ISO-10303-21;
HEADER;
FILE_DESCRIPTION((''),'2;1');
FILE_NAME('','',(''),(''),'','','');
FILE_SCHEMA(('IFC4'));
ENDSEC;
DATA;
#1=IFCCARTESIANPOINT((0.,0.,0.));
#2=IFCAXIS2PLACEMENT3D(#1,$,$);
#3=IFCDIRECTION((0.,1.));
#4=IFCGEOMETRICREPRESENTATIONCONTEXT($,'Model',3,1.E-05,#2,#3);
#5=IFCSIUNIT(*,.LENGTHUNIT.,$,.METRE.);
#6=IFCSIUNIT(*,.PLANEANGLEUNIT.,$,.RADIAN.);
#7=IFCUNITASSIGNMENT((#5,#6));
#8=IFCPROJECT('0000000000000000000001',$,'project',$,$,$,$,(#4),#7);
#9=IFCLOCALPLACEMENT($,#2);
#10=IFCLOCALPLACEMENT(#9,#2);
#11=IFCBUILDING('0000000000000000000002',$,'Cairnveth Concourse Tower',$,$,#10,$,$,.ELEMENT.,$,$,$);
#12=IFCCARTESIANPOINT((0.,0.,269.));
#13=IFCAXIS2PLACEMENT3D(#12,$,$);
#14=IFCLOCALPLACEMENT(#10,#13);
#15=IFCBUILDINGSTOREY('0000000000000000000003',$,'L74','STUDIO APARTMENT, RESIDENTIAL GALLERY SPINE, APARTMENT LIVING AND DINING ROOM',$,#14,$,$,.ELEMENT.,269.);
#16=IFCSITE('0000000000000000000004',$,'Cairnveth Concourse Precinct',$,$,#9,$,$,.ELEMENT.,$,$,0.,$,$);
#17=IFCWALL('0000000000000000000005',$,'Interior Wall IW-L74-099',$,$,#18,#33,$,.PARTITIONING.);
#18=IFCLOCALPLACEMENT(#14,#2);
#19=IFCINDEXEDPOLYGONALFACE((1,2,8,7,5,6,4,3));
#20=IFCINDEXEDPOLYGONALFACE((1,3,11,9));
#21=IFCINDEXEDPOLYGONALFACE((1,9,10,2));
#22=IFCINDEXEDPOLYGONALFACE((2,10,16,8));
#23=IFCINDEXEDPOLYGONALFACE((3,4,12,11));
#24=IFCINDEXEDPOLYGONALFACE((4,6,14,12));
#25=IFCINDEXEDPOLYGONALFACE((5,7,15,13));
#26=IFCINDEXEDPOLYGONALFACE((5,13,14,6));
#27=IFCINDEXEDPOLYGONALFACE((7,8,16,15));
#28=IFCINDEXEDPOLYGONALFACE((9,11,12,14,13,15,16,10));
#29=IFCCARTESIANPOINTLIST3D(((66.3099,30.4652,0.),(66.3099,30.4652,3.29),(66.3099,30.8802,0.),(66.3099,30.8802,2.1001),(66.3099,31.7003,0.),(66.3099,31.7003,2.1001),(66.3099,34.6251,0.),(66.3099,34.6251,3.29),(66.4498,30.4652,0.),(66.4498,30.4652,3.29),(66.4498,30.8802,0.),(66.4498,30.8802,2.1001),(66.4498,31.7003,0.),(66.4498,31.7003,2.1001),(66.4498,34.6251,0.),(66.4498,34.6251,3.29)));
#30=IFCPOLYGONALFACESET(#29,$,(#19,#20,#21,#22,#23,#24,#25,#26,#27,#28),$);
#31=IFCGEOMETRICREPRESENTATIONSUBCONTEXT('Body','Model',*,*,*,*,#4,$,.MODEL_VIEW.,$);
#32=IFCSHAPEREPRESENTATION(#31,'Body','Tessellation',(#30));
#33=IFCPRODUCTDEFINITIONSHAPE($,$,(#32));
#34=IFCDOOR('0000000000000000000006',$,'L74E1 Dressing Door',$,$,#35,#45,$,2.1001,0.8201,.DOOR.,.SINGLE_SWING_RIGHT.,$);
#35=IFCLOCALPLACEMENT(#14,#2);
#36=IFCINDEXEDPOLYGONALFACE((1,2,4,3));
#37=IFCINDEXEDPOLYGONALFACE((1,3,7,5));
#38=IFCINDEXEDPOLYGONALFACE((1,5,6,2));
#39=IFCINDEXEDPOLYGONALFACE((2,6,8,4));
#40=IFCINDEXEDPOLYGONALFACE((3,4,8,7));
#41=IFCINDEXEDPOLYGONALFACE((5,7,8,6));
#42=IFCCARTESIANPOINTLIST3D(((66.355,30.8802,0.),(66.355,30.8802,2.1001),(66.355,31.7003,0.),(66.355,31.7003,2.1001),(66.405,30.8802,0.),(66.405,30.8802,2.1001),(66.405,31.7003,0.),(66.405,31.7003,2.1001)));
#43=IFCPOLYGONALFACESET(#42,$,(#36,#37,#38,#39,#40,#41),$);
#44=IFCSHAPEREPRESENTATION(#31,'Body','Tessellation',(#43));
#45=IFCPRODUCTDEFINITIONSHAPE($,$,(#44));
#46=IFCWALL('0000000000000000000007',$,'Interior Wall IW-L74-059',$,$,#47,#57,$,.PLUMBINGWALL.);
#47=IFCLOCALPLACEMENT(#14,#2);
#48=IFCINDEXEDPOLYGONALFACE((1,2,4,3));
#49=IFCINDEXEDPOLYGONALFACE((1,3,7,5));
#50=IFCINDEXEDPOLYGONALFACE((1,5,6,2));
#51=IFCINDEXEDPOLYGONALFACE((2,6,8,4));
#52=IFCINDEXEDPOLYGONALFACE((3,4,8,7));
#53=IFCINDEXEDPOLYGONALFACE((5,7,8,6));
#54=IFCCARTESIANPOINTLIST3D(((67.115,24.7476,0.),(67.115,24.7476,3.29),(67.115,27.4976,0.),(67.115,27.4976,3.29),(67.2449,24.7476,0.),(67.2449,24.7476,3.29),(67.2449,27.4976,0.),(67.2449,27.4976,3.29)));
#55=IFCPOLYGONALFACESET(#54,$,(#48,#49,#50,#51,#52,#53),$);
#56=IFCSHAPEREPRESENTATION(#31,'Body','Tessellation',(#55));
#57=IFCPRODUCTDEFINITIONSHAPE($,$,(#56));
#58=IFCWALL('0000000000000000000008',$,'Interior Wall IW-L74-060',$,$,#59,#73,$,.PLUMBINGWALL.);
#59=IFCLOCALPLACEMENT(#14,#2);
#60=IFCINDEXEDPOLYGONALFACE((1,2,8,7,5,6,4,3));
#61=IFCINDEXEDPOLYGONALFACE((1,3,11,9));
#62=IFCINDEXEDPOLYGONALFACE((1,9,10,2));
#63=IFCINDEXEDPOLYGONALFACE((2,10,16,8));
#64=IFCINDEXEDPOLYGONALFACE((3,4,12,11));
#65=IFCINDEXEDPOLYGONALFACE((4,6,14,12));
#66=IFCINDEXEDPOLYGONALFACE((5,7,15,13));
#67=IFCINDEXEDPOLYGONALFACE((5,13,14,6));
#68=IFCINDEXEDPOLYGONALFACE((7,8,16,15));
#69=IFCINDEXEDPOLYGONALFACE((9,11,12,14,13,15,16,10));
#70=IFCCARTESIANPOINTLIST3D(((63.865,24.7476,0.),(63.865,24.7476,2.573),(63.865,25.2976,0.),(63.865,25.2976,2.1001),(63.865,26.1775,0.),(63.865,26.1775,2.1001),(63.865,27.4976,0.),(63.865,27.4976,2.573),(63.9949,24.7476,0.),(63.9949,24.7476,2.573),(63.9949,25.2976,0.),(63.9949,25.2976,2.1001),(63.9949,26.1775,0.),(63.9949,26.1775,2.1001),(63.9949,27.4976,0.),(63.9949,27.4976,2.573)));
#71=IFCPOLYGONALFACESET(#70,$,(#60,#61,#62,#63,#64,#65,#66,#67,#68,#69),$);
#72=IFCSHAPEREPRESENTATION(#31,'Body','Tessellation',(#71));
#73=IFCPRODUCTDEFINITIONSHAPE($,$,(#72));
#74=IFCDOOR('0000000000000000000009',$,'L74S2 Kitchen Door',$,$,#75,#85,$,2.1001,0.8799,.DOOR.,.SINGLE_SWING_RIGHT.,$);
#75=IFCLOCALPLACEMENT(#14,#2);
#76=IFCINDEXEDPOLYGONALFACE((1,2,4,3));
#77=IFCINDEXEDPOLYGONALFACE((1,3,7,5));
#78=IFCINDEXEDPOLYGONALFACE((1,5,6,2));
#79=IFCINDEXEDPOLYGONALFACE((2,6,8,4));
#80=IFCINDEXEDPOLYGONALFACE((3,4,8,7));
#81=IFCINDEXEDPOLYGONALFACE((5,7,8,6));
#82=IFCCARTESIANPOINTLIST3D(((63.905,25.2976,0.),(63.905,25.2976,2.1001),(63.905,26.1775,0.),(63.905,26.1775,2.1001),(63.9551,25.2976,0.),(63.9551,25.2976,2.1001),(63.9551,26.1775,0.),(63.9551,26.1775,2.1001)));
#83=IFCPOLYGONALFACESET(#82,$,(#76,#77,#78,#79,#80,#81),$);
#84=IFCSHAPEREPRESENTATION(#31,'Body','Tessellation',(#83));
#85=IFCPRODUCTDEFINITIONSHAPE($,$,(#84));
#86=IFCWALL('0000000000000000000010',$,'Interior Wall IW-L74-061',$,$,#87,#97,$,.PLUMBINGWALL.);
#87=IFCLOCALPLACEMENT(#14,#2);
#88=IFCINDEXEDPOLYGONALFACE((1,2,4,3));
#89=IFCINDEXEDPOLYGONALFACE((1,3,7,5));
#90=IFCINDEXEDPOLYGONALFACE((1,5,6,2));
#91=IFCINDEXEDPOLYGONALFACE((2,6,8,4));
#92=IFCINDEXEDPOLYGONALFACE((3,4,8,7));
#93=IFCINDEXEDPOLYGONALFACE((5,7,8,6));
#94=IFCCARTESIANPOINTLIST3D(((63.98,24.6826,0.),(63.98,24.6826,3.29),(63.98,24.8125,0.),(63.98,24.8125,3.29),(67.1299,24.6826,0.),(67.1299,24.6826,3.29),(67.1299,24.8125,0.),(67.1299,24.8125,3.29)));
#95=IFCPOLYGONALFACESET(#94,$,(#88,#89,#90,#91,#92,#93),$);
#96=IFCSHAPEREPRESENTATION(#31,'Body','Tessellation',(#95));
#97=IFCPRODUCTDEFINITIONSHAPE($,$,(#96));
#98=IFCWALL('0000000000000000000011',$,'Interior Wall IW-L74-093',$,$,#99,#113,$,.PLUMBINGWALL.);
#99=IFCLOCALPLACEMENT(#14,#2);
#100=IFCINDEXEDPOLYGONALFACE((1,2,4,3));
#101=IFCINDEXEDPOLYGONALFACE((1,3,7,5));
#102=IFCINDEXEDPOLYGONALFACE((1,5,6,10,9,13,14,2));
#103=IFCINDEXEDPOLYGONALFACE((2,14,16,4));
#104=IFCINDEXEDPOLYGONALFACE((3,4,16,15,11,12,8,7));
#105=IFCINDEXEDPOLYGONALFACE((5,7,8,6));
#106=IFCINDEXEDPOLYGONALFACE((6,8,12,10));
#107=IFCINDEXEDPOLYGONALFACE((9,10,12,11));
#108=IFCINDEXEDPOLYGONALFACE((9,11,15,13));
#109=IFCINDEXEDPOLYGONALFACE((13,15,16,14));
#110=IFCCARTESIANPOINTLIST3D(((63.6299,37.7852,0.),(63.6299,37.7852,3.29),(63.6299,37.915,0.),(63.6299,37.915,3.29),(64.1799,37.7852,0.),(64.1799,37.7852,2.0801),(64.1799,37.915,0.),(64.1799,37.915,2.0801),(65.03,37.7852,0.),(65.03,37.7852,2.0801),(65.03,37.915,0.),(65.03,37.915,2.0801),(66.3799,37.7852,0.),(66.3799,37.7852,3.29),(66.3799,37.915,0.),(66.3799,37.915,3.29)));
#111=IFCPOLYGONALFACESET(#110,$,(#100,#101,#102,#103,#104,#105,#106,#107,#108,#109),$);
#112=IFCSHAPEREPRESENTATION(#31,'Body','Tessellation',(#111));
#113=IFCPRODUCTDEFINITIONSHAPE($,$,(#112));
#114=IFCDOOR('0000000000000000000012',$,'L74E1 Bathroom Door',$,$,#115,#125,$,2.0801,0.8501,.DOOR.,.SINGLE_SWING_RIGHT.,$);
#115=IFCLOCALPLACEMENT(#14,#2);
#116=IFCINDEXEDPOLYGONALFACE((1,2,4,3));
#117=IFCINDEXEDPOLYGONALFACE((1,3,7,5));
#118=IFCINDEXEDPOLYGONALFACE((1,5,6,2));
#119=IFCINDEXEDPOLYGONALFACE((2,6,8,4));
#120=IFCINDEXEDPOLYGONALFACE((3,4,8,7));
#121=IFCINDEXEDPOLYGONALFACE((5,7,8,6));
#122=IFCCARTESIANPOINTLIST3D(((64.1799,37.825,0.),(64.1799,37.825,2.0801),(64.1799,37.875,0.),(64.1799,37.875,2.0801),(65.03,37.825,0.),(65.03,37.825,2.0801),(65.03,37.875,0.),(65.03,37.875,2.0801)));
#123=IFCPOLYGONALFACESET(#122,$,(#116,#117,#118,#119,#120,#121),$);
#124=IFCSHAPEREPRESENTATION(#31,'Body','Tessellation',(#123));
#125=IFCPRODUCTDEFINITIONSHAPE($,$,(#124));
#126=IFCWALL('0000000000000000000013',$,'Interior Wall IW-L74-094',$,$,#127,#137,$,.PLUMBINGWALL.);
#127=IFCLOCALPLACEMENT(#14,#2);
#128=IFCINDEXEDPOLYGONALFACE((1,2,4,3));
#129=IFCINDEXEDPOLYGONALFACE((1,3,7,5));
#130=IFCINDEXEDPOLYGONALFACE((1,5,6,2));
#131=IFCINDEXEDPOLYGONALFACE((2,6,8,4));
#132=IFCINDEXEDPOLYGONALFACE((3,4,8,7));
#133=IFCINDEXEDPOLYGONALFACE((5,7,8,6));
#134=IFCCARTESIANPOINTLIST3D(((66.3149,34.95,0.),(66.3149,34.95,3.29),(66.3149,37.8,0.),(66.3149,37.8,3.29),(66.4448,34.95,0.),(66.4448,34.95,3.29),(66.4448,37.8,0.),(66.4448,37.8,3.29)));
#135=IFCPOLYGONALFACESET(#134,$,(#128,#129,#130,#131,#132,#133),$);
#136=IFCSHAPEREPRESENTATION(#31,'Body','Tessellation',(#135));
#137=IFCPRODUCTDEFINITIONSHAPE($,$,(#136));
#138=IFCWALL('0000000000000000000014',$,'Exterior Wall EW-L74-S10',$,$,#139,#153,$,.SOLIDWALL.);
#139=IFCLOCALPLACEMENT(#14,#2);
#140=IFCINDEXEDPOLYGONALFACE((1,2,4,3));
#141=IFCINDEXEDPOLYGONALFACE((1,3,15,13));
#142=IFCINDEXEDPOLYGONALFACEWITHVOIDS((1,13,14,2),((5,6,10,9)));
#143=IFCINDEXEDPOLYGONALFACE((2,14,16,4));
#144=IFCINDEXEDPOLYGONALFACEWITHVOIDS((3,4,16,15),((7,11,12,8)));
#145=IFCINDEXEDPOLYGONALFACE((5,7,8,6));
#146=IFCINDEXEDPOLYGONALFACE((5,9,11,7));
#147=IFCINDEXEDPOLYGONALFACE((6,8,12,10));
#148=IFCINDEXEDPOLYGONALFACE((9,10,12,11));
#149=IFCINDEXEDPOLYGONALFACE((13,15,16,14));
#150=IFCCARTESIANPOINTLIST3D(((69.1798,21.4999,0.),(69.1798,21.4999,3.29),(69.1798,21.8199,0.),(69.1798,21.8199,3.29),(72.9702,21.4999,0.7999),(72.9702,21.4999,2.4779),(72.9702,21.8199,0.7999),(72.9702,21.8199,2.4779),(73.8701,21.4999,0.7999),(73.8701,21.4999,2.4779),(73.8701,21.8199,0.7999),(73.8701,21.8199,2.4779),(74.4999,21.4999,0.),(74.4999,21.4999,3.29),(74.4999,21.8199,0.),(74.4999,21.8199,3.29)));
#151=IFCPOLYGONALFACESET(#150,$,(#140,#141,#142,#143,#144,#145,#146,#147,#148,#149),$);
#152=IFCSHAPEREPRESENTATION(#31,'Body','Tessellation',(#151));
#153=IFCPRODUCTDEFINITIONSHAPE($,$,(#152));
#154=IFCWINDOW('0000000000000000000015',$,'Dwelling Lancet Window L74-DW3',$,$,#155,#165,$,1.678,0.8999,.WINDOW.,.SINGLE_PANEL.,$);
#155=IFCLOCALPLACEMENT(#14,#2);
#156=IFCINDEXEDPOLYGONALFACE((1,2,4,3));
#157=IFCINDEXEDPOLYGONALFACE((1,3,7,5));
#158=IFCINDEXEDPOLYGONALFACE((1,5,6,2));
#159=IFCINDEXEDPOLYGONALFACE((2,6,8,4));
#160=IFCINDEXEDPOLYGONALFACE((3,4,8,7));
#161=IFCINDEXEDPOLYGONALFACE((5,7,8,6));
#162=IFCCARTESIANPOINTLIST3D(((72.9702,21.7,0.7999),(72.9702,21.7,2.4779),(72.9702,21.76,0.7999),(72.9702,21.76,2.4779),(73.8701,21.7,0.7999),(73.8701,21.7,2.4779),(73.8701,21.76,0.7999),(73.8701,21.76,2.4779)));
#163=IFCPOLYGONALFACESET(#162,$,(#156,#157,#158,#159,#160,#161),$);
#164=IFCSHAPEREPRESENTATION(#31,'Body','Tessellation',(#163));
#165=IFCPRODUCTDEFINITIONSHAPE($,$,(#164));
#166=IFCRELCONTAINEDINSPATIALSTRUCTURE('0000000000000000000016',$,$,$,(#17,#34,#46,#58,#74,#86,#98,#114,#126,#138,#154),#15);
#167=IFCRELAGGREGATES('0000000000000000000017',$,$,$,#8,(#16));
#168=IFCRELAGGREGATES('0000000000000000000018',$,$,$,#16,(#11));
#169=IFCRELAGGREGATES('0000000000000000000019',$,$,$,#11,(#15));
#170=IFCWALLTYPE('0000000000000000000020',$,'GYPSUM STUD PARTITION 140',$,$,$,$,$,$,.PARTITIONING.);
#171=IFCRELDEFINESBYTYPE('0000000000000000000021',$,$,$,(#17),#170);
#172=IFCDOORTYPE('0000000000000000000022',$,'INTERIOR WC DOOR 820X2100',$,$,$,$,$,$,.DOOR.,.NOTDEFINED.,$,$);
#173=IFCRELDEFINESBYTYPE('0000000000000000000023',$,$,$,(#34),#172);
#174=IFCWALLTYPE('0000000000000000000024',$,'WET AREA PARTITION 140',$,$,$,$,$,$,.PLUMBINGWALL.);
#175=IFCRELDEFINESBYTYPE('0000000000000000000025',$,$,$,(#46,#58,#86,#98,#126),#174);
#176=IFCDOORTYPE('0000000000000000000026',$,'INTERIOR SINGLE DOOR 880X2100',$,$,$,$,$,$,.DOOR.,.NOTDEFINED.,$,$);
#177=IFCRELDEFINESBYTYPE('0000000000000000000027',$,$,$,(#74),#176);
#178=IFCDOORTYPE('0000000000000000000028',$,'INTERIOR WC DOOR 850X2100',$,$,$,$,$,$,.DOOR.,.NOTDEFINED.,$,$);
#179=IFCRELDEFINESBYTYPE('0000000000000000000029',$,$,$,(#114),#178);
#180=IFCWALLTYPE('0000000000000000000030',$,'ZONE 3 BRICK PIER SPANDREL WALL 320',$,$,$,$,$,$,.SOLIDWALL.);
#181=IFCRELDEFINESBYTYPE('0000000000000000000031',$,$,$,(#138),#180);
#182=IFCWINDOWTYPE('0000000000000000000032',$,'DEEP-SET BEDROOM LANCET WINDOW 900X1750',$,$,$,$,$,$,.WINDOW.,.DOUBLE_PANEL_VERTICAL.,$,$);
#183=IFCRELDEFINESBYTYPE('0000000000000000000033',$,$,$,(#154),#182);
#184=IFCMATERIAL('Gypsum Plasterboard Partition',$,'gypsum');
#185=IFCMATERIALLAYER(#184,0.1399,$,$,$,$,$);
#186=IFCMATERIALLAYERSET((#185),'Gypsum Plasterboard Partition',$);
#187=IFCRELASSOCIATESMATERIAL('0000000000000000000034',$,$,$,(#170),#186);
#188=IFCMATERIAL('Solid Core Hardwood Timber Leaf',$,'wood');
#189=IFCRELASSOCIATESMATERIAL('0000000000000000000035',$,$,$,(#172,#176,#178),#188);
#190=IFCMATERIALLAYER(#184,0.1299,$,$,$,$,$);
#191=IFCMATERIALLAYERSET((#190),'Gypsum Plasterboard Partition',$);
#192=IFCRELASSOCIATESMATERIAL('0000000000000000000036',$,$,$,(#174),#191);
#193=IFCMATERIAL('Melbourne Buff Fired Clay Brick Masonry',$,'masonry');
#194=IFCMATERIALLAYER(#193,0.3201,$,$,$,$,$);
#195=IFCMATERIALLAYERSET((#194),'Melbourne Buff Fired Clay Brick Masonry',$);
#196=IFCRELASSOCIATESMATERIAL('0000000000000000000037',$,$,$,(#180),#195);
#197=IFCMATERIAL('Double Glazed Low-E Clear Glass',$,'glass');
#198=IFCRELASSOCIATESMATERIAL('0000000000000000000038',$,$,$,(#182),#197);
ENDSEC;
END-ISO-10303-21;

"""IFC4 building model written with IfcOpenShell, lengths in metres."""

from ifc_helpers import new_model, si_unit, direction, frame, frame_2d, origin, place, context, subcontext, project, spatial, rectangle, extrude, material, layer, layer_set, type_object, element, fill, save


model = new_model("IFC4")

# Units and contexts
model_context = context("Model", 3, precision=1e-05, world=origin(), true_north=direction((0.0, 1.0)))
body_context = subcontext(model_context, "Body", "Model", "MODEL_VIEW")
ifc_project = project(units=[si_unit("LENGTHUNIT", "METRE"), si_unit("PLANEANGLEUNIT", "RADIAN")], contexts=[model_context])

# Site, building, storey
site_placement = place(None, origin())
site = spatial("IfcSite", under=ifc_project, at=site_placement, Name="Cairnveth Concourse Precinct", CompositionType="ELEMENT", RefElevation=0.0)
building_placement = place(site_placement, origin())
building = spatial("IfcBuilding", under=site, at=building_placement, Name="Cairnveth Concourse Tower", CompositionType="ELEMENT")
storey_placement = place(building_placement, frame((0.0, 0.0, 269.0)))
storey = spatial("IfcBuildingStorey", under=building, at=storey_placement, Name="L74", Description="STUDIO APARTMENT, RESIDENTIAL GALLERY SPINE, APARTMENT LIVING AND DINING ROOM", CompositionType="ELEMENT", Elevation=269.0)

# Wall, opening, door
ifc_material_1 = material(Name="Gypsum Plasterboard Partition", Category="gypsum")
ifc_layer_1 = layer(ifc_material_1, 0.1399)
ifc_layer_set_1 = layer_set([ifc_layer_1], Name="Gypsum Plasterboard Partition")
wall_type_1 = type_object("IfcWallType", Name="GYPSUM STUD PARTITION 140", PredefinedType="PARTITIONING", material=ifc_layer_set_1)
ifc_material_2 = material(Name="Solid Core Hardwood Timber Leaf", Category="wood")
door_type_1 = type_object("IfcDoorType", Name="INTERIOR WC DOOR 820X2100", OperationType="NOTDEFINED", PredefinedType="DOOR", material=ifc_material_2)
door_type_2 = type_object("IfcDoorType", Name="INTERIOR SINGLE DOOR 880X2100", OperationType="NOTDEFINED", PredefinedType="DOOR", material=ifc_material_2)
wall_1_placement = place(storey_placement, frame((66.3799, 30.4651, 0.0), z_axis=(0.0, 0.0, 1.0), x_axis=(0.0, 1.0, 0.0)))
wall_1 = element("IfcWall", 1, at=wall_1_placement, inside=storey, type_object=wall_type_1, Name="Interior Wall IW-L74-099", PredefinedType="PARTITIONING", context=body_context, shape_type="SweptSolid", body=[
    extrude(rectangle(XDim=4.1599, YDim=0.1399, at=frame_2d((2.0801, 0.0))), origin(), (0.0, 0.0, 1.0), 3.29),
])
opening_1_placement = place(wall_1_placement, frame((0.415, 0.0, 0.0)))
opening_1 = element("IfcOpeningElement", 2, at=opening_1_placement, cuts=wall_1, PredefinedType="OPENING", context=body_context, shape_type="SweptSolid", body=[
    extrude(rectangle(XDim=0.8201, YDim=2.1001, at=frame_2d((0.4102, 1.05))), frame((0.0, 0.0798, 0.0), z_axis=(0.0, -1.0, 0.0), x_axis=(1.0, 0.0, 0.0)), (0.0, 0.0, 1.0), 0.1599),
])
door_1_placement = place(opening_1_placement, origin())
door_1 = element("IfcDoor", 3, at=door_1_placement, inside=storey, type_object=door_type_1, Name="L74E1 Dressing Door", OperationType="SINGLE_SWING_RIGHT", OverallHeight=2.1001, OverallWidth=0.8201, PredefinedType="DOOR", context=body_context, shape_type="SweptSolid", body=[
    extrude(rectangle(XDim=0.8201, YDim=2.1001, at=frame_2d((0.4102, 1.05))), frame((0.0, 0.0249, 0.0), z_axis=(0.0, -1.0, 0.0), x_axis=(1.0, 0.0, 0.0)), (0.0, 0.0, 1.0), 0.05),
])
fill(opening_1, door_1)

# Wall
ifc_layer_2 = layer(ifc_material_1, 0.1299)
ifc_layer_set_2 = layer_set([ifc_layer_2], Name="Gypsum Plasterboard Partition")
wall_type_2 = type_object("IfcWallType", Name="WET AREA PARTITION 140", PredefinedType="PLUMBINGWALL", material=ifc_layer_set_2)
wall_2_placement = place(storey_placement, frame((67.1799, 24.7476, 0.0), z_axis=(0.0, 0.0, 1.0), x_axis=(0.0, 1.0, 0.0)))
element("IfcWall", 4, at=wall_2_placement, inside=storey, type_object=wall_type_2, Name="Interior Wall IW-L74-059", PredefinedType="PLUMBINGWALL", context=body_context, shape_type="SweptSolid", body=[
    extrude(rectangle(XDim=2.75, YDim=0.1299, at=frame_2d((1.375, 0.0))), origin(), (0.0, 0.0, 1.0), 3.29),
])

# Wall, opening, door
wall_3_placement = place(storey_placement, frame((63.9299, 24.7476, 0.0), z_axis=(0.0, 0.0, 1.0), x_axis=(0.0, 1.0, 0.0)))
wall_3 = element("IfcWall", 5, at=wall_3_placement, inside=storey, type_object=wall_type_2, Name="Interior Wall IW-L74-060", PredefinedType="PLUMBINGWALL", context=body_context, shape_type="SweptSolid", body=[
    extrude(rectangle(XDim=2.75, YDim=0.1299, at=frame_2d((1.375, 0.0))), origin(), (0.0, 0.0, 1.0), 2.573),
])
opening_2_placement = place(wall_3_placement, frame((0.55, 0.0, 0.0)))
opening_2 = element("IfcOpeningElement", 6, at=opening_2_placement, cuts=wall_3, PredefinedType="OPENING", context=body_context, shape_type="SweptSolid", body=[
    extrude(rectangle(XDim=0.8799, YDim=2.1001, at=frame_2d((0.4399, 1.05))), frame((0.0, 0.075, 0.0), z_axis=(0.0, -1.0, 0.0), x_axis=(1.0, 0.0, 0.0)), (0.0, 0.0, 1.0), 0.1499),
])
door_2_placement = place(opening_2_placement, origin())
door_2 = element("IfcDoor", 7, at=door_2_placement, inside=storey, type_object=door_type_2, Name="L74S2 Kitchen Door", OperationType="SINGLE_SWING_RIGHT", OverallHeight=2.1001, OverallWidth=0.8799, PredefinedType="DOOR", context=body_context, shape_type="SweptSolid", body=[
    extrude(rectangle(XDim=0.8799, YDim=2.1001, at=frame_2d((0.4399, 1.05))), frame((0.0, 0.0249, 0.0), z_axis=(0.0, -1.0, 0.0), x_axis=(1.0, 0.0, 0.0)), (0.0, 0.0, 1.0), 0.05),
])
fill(opening_2, door_2)

# Wall
wall_4_placement = place(storey_placement, frame((63.98, 24.7476, 0.0), z_axis=(0.0, 0.0, 1.0), x_axis=(1.0, 0.0, 0.0)))
element("IfcWall", 8, at=wall_4_placement, inside=storey, type_object=wall_type_2, Name="Interior Wall IW-L74-061", PredefinedType="PLUMBINGWALL", context=body_context, shape_type="SweptSolid", body=[
    extrude(rectangle(XDim=3.1499, YDim=0.1299, at=frame_2d((1.575, 0.0))), origin(), (0.0, 0.0, 1.0), 3.29),
])

# Wall, opening, door
wall_5_placement = place(storey_placement, frame((63.6299, 37.8501, 0.0), z_axis=(0.0, 0.0, 1.0), x_axis=(1.0, 0.0, 0.0)))
wall_5 = element("IfcWall", 9, at=wall_5_placement, inside=storey, type_object=wall_type_2, Name="Interior Wall IW-L74-093", PredefinedType="PLUMBINGWALL", context=body_context, shape_type="SweptSolid", body=[
    extrude(rectangle(XDim=2.75, YDim=0.1299, at=frame_2d((1.375, 0.0))), origin(), (0.0, 0.0, 1.0), 3.29),
])
opening_3_placement = place(wall_5_placement, frame((0.55, 0.0, 0.0)))
opening_3 = element("IfcOpeningElement", 10, at=opening_3_placement, cuts=wall_5, PredefinedType="OPENING", context=body_context, shape_type="SweptSolid", body=[
    extrude(rectangle(XDim=0.8501, YDim=2.0801, at=frame_2d((0.425, 1.04))), frame((0.0, 0.075, 0.0), z_axis=(0.0, -1.0, 0.0), x_axis=(1.0, 0.0, 0.0)), (0.0, 0.0, 1.0), 0.1499),
])
door_type_3 = type_object("IfcDoorType", Name="INTERIOR WC DOOR 850X2100", OperationType="NOTDEFINED", PredefinedType="DOOR", material=ifc_material_2)
door_3_placement = place(opening_3_placement, origin())
door_3 = element("IfcDoor", 11, at=door_3_placement, inside=storey, type_object=door_type_3, Name="L74E1 Bathroom Door", OperationType="SINGLE_SWING_RIGHT", OverallHeight=2.0801, OverallWidth=0.8501, PredefinedType="DOOR", context=body_context, shape_type="SweptSolid", body=[
    extrude(rectangle(XDim=0.8501, YDim=2.0801, at=frame_2d((0.425, 1.04))), frame((0.0, 0.0249, 0.0), z_axis=(0.0, -1.0, 0.0), x_axis=(1.0, 0.0, 0.0)), (0.0, 0.0, 1.0), 0.05),
])
fill(opening_3, door_3)

# Wall
wall_6_placement = place(storey_placement, frame((66.3799, 34.95, 0.0), z_axis=(0.0, 0.0, 1.0), x_axis=(0.0, 1.0, 0.0)))
element("IfcWall", 12, at=wall_6_placement, inside=storey, type_object=wall_type_2, Name="Interior Wall IW-L74-094", PredefinedType="PLUMBINGWALL", context=body_context, shape_type="SweptSolid", body=[
    extrude(rectangle(XDim=2.8501, YDim=0.1299, at=frame_2d((1.425, 0.0))), origin(), (0.0, 0.0, 1.0), 3.29),
])

# Wall, opening, window
ifc_material_3 = material(Name="Melbourne Buff Fired Clay Brick Masonry", Category="masonry")
ifc_layer_3 = layer(ifc_material_3, 0.3201)
ifc_layer_set_3 = layer_set([ifc_layer_3], Name="Melbourne Buff Fired Clay Brick Masonry")
wall_type_3 = type_object("IfcWallType", Name="ZONE 3 BRICK PIER SPANDREL WALL 320", PredefinedType="SOLIDWALL", material=ifc_layer_set_3)
wall_7_placement = place(storey_placement, frame((74.5, 21.6599, 0.0), z_axis=(0.0, 0.0, 1.0), x_axis=(-1.0, 0.0, 0.0)))
wall_7 = element("IfcWall", 13, at=wall_7_placement, inside=storey, type_object=wall_type_3, Name="Exterior Wall EW-L74-S10", PredefinedType="SOLIDWALL", context=body_context, shape_type="SweptSolid", body=[
    extrude(rectangle(XDim=5.3201, YDim=0.3201, at=frame_2d((2.6602, 0.0))), origin(), (0.0, 0.0, 1.0), 3.29),
])
opening_4_placement = place(wall_7_placement, frame((0.6299, 0.0, 0.8)))
opening_4 = element("IfcOpeningElement", 14, at=opening_4_placement, cuts=wall_7, PredefinedType="OPENING", context=body_context, shape_type="SweptSolid", body=[
    extrude(rectangle(XDim=0.8999, YDim=1.678, at=frame_2d((0.45, 0.8389))), frame((0.0, 0.1699, 0.0), z_axis=(0.0, -1.0, 0.0), x_axis=(1.0, 0.0, 0.0)), (0.0, 0.0, 1.0), 0.3401),
])
ifc_material_4 = material(Name="Double Glazed Low-E Clear Glass", Category="glass")
window_type = type_object("IfcWindowType", Name="DEEP-SET BEDROOM LANCET WINDOW 900X1750", PartitioningType="DOUBLE_PANEL_VERTICAL", PredefinedType="WINDOW", material=ifc_material_4)
window_placement = place(opening_4_placement, origin())
window = element("IfcWindow", 15, at=window_placement, inside=storey, type_object=window_type, Name="Dwelling Lancet Window L74-DW3", OverallHeight=1.678, OverallWidth=0.8999, PartitioningType="SINGLE_PANEL", PredefinedType="WINDOW", context=body_context, shape_type="SweptSolid", body=[
    extrude(rectangle(XDim=0.8999, YDim=1.678, at=frame_2d((0.45, 0.8389))), frame((0.0, -0.04, 0.0), z_axis=(0.0, -1.0, 0.0), x_axis=(1.0, 0.0, 0.0)), (0.0, 0.0, 1.0), 0.0601),
])
fill(opening_4, window)

save(model, "model.ifc")
